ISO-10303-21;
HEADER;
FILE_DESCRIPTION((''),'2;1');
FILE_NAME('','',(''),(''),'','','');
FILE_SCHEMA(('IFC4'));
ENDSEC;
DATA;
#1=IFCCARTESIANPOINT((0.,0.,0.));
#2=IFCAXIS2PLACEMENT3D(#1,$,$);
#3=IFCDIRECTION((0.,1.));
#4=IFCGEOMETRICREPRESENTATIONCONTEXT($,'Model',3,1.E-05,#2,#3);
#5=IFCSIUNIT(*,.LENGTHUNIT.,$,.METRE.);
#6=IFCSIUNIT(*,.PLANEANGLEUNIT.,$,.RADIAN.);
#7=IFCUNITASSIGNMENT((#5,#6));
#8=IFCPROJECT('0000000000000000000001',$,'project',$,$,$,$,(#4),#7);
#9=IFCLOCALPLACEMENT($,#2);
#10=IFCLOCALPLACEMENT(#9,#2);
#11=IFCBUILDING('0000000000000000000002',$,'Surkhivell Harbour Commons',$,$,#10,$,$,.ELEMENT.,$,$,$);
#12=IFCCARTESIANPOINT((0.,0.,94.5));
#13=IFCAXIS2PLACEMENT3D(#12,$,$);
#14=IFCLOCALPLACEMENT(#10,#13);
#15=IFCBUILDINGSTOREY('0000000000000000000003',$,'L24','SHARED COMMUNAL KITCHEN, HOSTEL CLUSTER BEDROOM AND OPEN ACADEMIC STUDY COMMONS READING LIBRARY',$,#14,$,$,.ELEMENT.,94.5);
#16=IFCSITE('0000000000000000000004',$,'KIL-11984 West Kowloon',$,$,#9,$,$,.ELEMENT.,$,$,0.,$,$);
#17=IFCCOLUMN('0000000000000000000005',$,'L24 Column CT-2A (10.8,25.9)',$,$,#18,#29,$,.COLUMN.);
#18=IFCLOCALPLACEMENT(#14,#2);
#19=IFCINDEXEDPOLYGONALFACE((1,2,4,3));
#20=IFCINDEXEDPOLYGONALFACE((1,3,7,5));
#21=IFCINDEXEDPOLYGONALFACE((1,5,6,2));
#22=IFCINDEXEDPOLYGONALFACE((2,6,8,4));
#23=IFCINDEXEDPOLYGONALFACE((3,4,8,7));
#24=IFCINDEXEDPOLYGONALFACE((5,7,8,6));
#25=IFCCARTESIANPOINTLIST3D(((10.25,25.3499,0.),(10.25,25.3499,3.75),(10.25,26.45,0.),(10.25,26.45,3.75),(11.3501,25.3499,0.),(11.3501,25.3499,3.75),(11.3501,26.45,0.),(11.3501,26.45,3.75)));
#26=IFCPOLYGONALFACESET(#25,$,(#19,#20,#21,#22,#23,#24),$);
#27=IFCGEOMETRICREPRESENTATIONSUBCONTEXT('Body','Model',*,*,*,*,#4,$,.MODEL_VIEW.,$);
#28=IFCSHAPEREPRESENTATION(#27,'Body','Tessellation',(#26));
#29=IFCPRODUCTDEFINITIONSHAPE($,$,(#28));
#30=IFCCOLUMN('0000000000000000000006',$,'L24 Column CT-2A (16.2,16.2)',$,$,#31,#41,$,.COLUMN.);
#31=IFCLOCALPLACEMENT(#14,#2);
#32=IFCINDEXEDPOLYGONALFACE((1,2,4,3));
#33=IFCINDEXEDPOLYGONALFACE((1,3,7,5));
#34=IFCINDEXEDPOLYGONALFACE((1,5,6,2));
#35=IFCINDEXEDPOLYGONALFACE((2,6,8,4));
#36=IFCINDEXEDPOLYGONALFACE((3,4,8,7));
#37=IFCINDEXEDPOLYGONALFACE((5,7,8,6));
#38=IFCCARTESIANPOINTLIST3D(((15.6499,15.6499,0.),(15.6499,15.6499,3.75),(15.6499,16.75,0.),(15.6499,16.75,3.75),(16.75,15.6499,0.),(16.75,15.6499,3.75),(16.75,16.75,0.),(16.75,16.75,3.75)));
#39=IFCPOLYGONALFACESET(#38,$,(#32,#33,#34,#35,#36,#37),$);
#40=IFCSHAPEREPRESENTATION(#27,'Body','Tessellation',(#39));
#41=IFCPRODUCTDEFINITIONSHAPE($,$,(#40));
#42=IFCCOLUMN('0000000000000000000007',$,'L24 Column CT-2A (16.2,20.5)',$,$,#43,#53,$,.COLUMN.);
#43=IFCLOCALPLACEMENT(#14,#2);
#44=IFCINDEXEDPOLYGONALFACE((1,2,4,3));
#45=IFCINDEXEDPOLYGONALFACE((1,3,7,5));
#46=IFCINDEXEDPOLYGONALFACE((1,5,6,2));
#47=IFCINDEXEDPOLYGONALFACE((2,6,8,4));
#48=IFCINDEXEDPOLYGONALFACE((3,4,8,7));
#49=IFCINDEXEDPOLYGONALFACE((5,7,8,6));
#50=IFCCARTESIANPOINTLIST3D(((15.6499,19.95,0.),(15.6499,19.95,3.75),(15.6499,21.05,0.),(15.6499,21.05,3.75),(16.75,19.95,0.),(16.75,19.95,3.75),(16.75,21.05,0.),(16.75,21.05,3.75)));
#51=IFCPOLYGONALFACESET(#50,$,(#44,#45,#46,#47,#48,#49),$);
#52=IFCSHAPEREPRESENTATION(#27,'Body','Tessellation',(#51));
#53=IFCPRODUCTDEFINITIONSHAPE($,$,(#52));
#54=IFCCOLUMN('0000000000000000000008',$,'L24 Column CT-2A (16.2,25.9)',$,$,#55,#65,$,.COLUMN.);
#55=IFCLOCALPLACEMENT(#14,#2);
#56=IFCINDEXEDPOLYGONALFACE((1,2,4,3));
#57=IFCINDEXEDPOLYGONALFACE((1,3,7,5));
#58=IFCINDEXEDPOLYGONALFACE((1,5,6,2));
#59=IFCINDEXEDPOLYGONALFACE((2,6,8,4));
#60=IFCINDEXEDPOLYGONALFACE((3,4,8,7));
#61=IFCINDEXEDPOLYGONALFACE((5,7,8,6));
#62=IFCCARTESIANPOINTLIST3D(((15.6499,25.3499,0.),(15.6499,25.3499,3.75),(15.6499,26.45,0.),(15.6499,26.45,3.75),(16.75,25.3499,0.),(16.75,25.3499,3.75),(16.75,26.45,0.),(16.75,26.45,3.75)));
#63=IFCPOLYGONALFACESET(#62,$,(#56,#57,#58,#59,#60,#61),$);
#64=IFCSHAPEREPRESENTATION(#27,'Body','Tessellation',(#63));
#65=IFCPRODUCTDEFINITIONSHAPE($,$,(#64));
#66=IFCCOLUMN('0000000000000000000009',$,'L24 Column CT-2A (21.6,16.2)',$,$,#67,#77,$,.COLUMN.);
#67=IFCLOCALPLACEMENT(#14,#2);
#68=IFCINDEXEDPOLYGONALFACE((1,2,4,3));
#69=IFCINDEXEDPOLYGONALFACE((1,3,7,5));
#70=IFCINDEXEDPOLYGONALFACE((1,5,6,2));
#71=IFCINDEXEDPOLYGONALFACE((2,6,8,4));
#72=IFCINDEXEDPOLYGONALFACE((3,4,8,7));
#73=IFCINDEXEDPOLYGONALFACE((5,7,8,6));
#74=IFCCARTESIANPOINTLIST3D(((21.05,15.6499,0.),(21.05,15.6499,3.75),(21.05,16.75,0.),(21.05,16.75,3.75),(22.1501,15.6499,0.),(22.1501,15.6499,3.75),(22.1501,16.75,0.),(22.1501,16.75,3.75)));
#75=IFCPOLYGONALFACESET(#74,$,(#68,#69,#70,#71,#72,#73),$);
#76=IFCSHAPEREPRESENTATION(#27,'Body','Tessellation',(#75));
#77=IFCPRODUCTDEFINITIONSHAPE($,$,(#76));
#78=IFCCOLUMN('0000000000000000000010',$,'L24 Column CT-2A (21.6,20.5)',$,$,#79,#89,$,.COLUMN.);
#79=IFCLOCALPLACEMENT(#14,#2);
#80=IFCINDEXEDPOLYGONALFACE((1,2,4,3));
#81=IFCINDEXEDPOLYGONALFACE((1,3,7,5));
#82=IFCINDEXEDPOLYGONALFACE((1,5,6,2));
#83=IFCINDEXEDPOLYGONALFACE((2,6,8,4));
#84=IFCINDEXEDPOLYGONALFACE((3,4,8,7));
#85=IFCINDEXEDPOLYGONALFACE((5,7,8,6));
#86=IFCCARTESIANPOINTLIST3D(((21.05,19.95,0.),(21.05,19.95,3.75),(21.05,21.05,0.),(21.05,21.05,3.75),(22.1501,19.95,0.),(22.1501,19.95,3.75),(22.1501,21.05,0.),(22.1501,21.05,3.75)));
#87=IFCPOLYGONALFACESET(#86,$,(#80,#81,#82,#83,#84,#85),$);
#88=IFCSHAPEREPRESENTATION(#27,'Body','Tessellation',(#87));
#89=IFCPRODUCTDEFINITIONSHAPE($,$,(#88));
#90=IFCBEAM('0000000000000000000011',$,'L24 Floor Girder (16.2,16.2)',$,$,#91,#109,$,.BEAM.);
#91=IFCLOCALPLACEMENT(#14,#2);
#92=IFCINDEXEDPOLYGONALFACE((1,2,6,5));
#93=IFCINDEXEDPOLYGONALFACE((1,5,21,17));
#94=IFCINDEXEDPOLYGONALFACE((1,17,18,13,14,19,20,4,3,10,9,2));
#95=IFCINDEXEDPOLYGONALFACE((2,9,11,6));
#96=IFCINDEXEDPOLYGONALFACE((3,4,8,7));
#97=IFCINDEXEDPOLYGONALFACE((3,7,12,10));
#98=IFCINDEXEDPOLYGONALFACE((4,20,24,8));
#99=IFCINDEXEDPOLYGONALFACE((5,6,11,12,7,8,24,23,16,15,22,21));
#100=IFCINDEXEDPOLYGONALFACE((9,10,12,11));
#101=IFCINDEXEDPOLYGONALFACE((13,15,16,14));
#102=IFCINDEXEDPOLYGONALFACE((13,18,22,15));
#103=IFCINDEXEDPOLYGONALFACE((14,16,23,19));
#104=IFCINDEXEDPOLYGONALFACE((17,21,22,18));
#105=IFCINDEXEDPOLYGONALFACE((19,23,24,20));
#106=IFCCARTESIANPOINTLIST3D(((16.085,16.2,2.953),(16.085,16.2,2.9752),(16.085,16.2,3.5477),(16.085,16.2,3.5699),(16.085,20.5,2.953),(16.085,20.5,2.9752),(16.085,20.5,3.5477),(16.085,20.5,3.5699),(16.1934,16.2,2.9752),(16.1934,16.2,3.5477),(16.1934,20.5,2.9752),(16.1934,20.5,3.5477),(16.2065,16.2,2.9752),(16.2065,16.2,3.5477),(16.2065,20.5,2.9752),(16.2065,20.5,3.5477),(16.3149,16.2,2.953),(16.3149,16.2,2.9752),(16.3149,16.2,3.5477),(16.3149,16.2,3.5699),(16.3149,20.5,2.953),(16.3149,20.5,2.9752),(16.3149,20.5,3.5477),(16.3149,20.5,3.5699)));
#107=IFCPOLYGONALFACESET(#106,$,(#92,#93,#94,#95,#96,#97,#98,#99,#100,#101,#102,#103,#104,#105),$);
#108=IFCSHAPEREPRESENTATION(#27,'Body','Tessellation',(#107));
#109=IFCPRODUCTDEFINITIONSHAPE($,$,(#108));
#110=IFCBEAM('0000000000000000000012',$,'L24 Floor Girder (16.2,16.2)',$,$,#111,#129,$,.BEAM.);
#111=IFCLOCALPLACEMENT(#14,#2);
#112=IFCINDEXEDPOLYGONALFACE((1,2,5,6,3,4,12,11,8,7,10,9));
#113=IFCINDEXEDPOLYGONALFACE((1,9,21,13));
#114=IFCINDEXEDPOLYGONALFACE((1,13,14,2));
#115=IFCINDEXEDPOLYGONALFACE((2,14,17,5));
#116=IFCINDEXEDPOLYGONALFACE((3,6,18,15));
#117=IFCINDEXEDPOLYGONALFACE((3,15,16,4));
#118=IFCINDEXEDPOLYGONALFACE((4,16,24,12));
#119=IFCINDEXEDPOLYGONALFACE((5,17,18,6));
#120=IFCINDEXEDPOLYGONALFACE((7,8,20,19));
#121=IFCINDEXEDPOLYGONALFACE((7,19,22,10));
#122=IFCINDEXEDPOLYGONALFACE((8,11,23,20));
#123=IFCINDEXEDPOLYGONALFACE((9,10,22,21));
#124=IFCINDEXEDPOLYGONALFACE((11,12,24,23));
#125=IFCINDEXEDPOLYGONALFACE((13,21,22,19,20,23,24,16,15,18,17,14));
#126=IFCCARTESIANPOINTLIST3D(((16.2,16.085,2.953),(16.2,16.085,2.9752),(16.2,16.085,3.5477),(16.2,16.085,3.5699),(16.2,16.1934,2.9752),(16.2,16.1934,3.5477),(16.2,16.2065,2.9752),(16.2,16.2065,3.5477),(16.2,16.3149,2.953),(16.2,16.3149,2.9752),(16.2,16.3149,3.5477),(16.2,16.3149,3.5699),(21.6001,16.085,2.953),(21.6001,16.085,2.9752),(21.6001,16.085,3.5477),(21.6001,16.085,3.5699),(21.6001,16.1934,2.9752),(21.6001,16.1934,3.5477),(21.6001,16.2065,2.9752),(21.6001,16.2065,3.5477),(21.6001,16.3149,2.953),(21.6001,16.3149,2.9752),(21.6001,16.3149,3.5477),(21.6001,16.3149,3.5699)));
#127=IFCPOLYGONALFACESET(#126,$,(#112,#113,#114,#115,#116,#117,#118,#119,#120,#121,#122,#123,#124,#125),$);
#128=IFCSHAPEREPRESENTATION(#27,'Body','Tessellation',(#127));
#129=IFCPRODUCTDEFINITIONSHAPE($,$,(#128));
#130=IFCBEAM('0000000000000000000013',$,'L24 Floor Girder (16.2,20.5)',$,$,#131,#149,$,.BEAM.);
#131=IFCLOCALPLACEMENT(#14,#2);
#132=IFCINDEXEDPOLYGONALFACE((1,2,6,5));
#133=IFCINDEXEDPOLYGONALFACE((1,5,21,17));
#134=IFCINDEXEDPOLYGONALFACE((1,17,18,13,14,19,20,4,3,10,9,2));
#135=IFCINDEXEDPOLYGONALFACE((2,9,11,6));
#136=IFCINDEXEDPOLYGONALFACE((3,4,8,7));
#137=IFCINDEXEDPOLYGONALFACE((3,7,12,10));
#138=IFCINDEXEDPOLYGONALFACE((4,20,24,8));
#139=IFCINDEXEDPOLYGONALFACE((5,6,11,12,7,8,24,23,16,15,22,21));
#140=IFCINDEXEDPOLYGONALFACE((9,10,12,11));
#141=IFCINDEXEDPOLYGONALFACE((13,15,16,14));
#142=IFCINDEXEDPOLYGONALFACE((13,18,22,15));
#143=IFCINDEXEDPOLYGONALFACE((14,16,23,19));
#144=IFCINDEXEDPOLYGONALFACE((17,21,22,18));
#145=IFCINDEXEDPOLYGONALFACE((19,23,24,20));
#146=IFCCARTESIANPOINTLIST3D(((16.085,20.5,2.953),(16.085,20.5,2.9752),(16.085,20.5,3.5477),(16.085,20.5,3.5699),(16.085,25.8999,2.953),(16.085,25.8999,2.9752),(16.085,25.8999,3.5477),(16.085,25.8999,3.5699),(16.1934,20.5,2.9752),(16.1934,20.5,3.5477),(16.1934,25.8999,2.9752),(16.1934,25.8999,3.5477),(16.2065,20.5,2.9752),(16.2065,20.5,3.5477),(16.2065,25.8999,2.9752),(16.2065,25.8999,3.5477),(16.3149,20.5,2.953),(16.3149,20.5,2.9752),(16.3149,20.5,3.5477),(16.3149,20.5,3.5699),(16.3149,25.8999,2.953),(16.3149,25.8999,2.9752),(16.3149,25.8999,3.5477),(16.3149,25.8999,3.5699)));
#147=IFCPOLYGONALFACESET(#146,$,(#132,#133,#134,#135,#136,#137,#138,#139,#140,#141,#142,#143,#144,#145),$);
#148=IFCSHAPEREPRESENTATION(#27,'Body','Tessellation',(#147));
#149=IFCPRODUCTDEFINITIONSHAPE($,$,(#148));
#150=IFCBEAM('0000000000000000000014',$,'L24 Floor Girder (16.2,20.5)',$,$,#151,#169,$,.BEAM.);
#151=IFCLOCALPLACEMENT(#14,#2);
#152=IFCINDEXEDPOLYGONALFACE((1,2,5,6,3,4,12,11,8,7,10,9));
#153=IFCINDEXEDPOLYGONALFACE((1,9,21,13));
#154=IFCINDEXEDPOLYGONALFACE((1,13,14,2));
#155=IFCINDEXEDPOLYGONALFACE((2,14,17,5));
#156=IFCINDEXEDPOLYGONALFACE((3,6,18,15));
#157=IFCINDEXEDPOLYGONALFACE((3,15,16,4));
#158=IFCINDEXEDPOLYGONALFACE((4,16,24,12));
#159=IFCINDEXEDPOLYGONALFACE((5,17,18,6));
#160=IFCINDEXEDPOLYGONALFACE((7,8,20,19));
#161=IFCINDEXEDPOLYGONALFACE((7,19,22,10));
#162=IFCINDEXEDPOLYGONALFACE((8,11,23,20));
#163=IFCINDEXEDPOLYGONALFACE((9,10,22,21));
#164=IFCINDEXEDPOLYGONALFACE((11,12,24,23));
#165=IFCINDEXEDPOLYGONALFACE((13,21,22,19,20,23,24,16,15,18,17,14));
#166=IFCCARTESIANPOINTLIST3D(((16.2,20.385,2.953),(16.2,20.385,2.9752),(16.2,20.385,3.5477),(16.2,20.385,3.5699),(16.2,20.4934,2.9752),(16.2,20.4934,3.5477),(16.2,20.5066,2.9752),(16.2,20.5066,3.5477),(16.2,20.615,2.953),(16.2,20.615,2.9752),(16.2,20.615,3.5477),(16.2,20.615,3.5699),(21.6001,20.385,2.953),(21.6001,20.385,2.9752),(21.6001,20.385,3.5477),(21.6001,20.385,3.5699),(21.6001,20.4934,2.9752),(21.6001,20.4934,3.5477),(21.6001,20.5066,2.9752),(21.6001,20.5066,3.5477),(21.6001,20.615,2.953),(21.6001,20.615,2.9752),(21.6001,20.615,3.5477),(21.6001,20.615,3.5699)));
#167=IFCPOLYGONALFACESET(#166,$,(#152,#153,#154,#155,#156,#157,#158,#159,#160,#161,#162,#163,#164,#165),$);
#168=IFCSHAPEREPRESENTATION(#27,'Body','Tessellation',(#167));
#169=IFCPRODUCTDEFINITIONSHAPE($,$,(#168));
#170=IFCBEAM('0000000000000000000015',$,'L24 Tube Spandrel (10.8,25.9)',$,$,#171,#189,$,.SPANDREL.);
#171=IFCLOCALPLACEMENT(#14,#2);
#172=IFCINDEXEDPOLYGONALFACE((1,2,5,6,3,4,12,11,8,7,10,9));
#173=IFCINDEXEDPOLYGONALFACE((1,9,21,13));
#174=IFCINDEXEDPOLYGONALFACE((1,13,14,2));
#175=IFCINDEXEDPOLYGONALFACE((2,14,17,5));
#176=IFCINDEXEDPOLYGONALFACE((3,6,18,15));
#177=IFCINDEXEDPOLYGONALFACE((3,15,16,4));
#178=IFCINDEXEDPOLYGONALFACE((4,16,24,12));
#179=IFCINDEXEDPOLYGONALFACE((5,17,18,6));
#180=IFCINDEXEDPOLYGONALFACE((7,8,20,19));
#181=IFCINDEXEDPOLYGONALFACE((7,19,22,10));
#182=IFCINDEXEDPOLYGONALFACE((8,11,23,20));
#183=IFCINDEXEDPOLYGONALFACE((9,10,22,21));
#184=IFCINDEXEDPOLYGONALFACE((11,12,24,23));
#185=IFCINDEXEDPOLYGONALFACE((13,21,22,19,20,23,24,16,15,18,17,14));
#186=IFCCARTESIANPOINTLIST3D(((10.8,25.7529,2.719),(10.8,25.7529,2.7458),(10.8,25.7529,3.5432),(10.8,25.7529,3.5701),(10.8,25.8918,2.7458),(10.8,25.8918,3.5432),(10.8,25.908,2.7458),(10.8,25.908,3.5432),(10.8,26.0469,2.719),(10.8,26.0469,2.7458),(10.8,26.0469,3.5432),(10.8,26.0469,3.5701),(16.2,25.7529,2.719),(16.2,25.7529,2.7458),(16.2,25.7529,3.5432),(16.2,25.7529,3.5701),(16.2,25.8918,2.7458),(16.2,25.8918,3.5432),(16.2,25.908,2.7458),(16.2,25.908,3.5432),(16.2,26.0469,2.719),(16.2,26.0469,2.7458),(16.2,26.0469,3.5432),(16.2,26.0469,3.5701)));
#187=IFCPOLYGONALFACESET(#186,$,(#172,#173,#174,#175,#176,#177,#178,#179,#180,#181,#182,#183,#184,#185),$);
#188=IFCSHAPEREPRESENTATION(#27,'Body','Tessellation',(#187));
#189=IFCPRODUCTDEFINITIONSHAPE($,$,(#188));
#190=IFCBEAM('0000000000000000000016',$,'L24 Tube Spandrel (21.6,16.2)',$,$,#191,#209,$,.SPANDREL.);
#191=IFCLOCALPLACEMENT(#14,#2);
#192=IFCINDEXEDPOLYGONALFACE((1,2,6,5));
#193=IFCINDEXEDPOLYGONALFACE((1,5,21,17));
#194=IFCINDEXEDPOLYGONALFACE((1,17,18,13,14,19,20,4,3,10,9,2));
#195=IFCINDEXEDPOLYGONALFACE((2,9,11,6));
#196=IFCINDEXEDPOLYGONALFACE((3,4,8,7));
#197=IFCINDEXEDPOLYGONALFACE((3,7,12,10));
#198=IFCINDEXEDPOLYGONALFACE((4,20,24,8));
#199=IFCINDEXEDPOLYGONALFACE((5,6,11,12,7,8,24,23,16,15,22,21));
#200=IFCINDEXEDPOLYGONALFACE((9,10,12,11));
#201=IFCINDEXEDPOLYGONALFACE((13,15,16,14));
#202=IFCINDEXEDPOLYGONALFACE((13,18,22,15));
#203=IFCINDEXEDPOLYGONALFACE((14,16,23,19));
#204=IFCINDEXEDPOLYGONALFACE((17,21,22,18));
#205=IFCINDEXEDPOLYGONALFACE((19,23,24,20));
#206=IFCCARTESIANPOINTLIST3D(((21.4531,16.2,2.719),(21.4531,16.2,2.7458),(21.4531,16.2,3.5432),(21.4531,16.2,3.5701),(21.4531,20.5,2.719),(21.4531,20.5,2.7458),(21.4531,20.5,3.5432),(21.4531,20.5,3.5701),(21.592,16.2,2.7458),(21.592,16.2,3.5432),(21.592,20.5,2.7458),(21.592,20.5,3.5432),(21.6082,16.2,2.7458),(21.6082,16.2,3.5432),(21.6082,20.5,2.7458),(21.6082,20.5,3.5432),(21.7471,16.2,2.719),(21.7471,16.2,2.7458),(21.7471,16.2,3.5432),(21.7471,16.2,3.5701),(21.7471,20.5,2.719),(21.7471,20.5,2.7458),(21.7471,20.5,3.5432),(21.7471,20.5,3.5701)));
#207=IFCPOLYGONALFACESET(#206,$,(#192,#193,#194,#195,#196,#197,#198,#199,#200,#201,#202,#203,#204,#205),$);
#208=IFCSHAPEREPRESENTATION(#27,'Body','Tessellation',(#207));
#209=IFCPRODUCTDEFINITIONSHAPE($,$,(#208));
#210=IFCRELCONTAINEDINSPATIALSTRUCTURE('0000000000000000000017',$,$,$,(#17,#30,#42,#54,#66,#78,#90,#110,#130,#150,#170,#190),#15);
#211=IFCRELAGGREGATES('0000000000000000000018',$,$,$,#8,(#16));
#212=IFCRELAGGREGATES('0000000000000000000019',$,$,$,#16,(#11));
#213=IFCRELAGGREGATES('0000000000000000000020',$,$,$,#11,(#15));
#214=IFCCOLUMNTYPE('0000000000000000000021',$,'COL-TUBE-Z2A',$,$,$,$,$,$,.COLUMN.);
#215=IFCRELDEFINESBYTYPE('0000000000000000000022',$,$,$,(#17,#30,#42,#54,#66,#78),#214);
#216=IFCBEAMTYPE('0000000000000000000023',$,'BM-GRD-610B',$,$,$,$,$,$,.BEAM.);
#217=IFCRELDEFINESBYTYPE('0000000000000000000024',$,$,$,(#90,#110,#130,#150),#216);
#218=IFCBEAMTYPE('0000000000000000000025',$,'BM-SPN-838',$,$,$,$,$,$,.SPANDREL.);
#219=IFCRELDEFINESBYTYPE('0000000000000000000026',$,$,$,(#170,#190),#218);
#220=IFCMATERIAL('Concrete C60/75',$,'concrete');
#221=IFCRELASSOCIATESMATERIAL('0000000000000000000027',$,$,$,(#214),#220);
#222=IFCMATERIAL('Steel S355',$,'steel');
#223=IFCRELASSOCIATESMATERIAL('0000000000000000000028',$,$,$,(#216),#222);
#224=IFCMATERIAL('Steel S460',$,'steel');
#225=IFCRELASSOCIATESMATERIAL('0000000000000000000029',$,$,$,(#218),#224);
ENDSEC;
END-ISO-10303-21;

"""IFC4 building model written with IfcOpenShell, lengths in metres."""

from ifc_helpers import new_model, si_unit, direction, frame, origin, origin_2d, place, context, subcontext, project, spatial, rectangle, i_section, extrude, material, material_profile, profile_set, type_object, element, save


model = new_model("IFC4")

# Units and contexts
model_context = context("Model", 3, precision=1e-05, world=origin(), true_north=direction((0.0, 1.0)))
body_context = subcontext(model_context, "Body", "Model", "MODEL_VIEW")
ifc_project = project(units=[si_unit("LENGTHUNIT", "METRE"), si_unit("PLANEANGLEUNIT", "RADIAN")], contexts=[model_context])

# Site, building, storey
site_placement = place(None, origin())
site = spatial("IfcSite", under=ifc_project, at=site_placement, Name="KIL-11984 West Kowloon", CompositionType="ELEMENT", RefElevation=0.0)
building_placement = place(site_placement, origin())
building = spatial("IfcBuilding", under=site, at=building_placement, Name="Surkhivell Harbour Commons", CompositionType="ELEMENT")
storey_placement = place(building_placement, frame((0.0, 0.0, 94.5)))
storey = spatial("IfcBuildingStorey", under=building, at=storey_placement, Name="L24", Description="SHARED COMMUNAL KITCHEN, HOSTEL CLUSTER BEDROOM AND OPEN ACADEMIC STUDY COMMONS READING LIBRARY", CompositionType="ELEMENT", Elevation=94.5)

# Columns
ifc_material_1 = material(Name="Concrete C60/75", Category="concrete")
ifc_material_profile_1 = material_profile(ifc_material_1, rectangle(XDim=1.1001, YDim=1.1001, at=origin_2d()), Name="RC-COL-1100x1100")
ifc_profile_set_1 = profile_set([ifc_material_profile_1], Name="Concrete C60/75")
column_type = type_object("IfcColumnType", Name="COL-TUBE-Z2A", PredefinedType="COLUMN", material=ifc_profile_set_1)
for number, where, z_axis, x_axis, name in (
    (1, (10.8, 25.8999, 0.0), (0.0, 0.0, 1.0), (1.0, 0.0, 0.0), "L24 Column CT-2A (10.8,25.9)"),
    (2, (16.2, 16.2, 0.0), (0.0, 0.0, 1.0), (1.0, 0.0, 0.0), "L24 Column CT-2A (16.2,16.2)"),
    (3, (16.2, 20.5, 0.0), (0.0, 0.0, 1.0), (1.0, 0.0, 0.0), "L24 Column CT-2A (16.2,20.5)"),
    (4, (16.2, 25.8999, 0.0), (0.0, 0.0, 1.0), (1.0, 0.0, 0.0), "L24 Column CT-2A (16.2,25.9)"),
    (5, (21.6001, 16.2, 0.0), (0.0, 0.0, 1.0), (1.0, 0.0, 0.0), "L24 Column CT-2A (21.6,16.2)"),
    (6, (21.6001, 20.5, 0.0), (0.0, 0.0, 1.0), (1.0, 0.0, 0.0), "L24 Column CT-2A (21.6,20.5)"),
):
    element("IfcColumn", number, at=place(storey_placement, frame(where, z_axis=z_axis, x_axis=x_axis)), inside=storey, type_object=column_type, Name=name, PredefinedType="COLUMN", context=body_context, shape_type="SweptSolid", body=[
        extrude(rectangle(XDim=1.1001, YDim=1.1001, at=origin_2d()), origin(), (0.0, 0.0, 1.0), 3.75),
    ])

# Beams
ifc_material_2 = material(Name="Steel S355", Category="steel")
ifc_material_profile_2 = material_profile(ifc_material_2, i_section(OverallWidth=0.23, OverallDepth=0.6169, WebThickness=0.0132, FlangeThickness=0.0222, at=origin_2d()), Name="UB610x229x140")
ifc_profile_set_2 = profile_set([ifc_material_profile_2], Name="Steel S355")
beam_type_1 = type_object("IfcBeamType", Name="BM-GRD-610B", PredefinedType="BEAM", material=ifc_profile_set_2)
beam_1_placement = place(storey_placement, frame((16.2, 16.2, 3.2615), z_axis=(0.0, 1.0, 0.0), x_axis=(-1.0, 0.0, 0.0)))
element("IfcBeam", 7, at=beam_1_placement, inside=storey, type_object=beam_type_1, Name="L24 Floor Girder (16.2,16.2)", PredefinedType="BEAM", context=body_context, shape_type="SweptSolid", body=[
    extrude(i_section(OverallWidth=0.23, OverallDepth=0.6169, WebThickness=0.0132, FlangeThickness=0.0222, at=origin_2d()), origin(), (0.0, 0.0, 1.0), 4.3),
])
beam_2_placement = place(storey_placement, frame((16.2, 16.2, 3.2615), z_axis=(1.0, 0.0, 0.0), x_axis=(0.0, 1.0, 0.0)))
element("IfcBeam", 8, at=beam_2_placement, inside=storey, type_object=beam_type_1, Name="L24 Floor Girder (16.2,16.2)", PredefinedType="BEAM", context=body_context, shape_type="SweptSolid", body=[
    extrude(i_section(OverallWidth=0.23, OverallDepth=0.6169, WebThickness=0.0132, FlangeThickness=0.0222, at=origin_2d()), origin(), (0.0, 0.0, 1.0), 5.4001),
])
beam_3_placement = place(storey_placement, frame((16.2, 20.5, 3.2615), z_axis=(0.0, 1.0, 0.0), x_axis=(-1.0, 0.0, 0.0)))
element("IfcBeam", 9, at=beam_3_placement, inside=storey, type_object=beam_type_1, Name="L24 Floor Girder (16.2,20.5)", PredefinedType="BEAM", context=body_context, shape_type="SweptSolid", body=[
    extrude(i_section(OverallWidth=0.23, OverallDepth=0.6169, WebThickness=0.0132, FlangeThickness=0.0222, at=origin_2d()), origin(), (0.0, 0.0, 1.0), 5.3999),
])
beam_4_placement = place(storey_placement, frame((16.2, 20.5, 3.2615), z_axis=(1.0, 0.0, 0.0), x_axis=(0.0, 1.0, 0.0)))
element("IfcBeam", 10, at=beam_4_placement, inside=storey, type_object=beam_type_1, Name="L24 Floor Girder (16.2,20.5)", PredefinedType="BEAM", context=body_context, shape_type="SweptSolid", body=[
    extrude(i_section(OverallWidth=0.23, OverallDepth=0.6169, WebThickness=0.0132, FlangeThickness=0.0222, at=origin_2d()), origin(), (0.0, 0.0, 1.0), 5.4001),
])
ifc_material_3 = material(Name="Steel S460", Category="steel")
ifc_material_profile_3 = material_profile(ifc_material_3, i_section(OverallWidth=0.2939, OverallDepth=0.8511, WebThickness=0.0161, FlangeThickness=0.0269, at=origin_2d()), Name="UB838x292x226")
ifc_profile_set_3 = profile_set([ifc_material_profile_3], Name="Steel S460")
beam_type_2 = type_object("IfcBeamType", Name="BM-SPN-838", PredefinedType="SPANDREL", material=ifc_profile_set_3)
beam_5_placement = place(storey_placement, frame((10.8, 25.8999, 3.1445), z_axis=(1.0, 0.0, 0.0), x_axis=(0.0, 1.0, 0.0)))
element("IfcBeam", 11, at=beam_5_placement, inside=storey, type_object=beam_type_2, Name="L24 Tube Spandrel (10.8,25.9)", PredefinedType="SPANDREL", context=body_context, shape_type="SweptSolid", body=[
    extrude(i_section(OverallWidth=0.2939, OverallDepth=0.8511, WebThickness=0.0161, FlangeThickness=0.0269, at=origin_2d()), origin(), (0.0, 0.0, 1.0), 5.3999),
])
beam_6_placement = place(storey_placement, frame((21.6001, 16.2, 3.1445), z_axis=(0.0, 1.0, 0.0), x_axis=(-1.0, 0.0, 0.0)))
element("IfcBeam", 12, at=beam_6_placement, inside=storey, type_object=beam_type_2, Name="L24 Tube Spandrel (21.6,16.2)", PredefinedType="SPANDREL", context=body_context, shape_type="SweptSolid", body=[
    extrude(i_section(OverallWidth=0.2939, OverallDepth=0.8511, WebThickness=0.0161, FlangeThickness=0.0269, at=origin_2d()), origin(), (0.0, 0.0, 1.0), 4.3),
])

save(model, "model.ifc")
